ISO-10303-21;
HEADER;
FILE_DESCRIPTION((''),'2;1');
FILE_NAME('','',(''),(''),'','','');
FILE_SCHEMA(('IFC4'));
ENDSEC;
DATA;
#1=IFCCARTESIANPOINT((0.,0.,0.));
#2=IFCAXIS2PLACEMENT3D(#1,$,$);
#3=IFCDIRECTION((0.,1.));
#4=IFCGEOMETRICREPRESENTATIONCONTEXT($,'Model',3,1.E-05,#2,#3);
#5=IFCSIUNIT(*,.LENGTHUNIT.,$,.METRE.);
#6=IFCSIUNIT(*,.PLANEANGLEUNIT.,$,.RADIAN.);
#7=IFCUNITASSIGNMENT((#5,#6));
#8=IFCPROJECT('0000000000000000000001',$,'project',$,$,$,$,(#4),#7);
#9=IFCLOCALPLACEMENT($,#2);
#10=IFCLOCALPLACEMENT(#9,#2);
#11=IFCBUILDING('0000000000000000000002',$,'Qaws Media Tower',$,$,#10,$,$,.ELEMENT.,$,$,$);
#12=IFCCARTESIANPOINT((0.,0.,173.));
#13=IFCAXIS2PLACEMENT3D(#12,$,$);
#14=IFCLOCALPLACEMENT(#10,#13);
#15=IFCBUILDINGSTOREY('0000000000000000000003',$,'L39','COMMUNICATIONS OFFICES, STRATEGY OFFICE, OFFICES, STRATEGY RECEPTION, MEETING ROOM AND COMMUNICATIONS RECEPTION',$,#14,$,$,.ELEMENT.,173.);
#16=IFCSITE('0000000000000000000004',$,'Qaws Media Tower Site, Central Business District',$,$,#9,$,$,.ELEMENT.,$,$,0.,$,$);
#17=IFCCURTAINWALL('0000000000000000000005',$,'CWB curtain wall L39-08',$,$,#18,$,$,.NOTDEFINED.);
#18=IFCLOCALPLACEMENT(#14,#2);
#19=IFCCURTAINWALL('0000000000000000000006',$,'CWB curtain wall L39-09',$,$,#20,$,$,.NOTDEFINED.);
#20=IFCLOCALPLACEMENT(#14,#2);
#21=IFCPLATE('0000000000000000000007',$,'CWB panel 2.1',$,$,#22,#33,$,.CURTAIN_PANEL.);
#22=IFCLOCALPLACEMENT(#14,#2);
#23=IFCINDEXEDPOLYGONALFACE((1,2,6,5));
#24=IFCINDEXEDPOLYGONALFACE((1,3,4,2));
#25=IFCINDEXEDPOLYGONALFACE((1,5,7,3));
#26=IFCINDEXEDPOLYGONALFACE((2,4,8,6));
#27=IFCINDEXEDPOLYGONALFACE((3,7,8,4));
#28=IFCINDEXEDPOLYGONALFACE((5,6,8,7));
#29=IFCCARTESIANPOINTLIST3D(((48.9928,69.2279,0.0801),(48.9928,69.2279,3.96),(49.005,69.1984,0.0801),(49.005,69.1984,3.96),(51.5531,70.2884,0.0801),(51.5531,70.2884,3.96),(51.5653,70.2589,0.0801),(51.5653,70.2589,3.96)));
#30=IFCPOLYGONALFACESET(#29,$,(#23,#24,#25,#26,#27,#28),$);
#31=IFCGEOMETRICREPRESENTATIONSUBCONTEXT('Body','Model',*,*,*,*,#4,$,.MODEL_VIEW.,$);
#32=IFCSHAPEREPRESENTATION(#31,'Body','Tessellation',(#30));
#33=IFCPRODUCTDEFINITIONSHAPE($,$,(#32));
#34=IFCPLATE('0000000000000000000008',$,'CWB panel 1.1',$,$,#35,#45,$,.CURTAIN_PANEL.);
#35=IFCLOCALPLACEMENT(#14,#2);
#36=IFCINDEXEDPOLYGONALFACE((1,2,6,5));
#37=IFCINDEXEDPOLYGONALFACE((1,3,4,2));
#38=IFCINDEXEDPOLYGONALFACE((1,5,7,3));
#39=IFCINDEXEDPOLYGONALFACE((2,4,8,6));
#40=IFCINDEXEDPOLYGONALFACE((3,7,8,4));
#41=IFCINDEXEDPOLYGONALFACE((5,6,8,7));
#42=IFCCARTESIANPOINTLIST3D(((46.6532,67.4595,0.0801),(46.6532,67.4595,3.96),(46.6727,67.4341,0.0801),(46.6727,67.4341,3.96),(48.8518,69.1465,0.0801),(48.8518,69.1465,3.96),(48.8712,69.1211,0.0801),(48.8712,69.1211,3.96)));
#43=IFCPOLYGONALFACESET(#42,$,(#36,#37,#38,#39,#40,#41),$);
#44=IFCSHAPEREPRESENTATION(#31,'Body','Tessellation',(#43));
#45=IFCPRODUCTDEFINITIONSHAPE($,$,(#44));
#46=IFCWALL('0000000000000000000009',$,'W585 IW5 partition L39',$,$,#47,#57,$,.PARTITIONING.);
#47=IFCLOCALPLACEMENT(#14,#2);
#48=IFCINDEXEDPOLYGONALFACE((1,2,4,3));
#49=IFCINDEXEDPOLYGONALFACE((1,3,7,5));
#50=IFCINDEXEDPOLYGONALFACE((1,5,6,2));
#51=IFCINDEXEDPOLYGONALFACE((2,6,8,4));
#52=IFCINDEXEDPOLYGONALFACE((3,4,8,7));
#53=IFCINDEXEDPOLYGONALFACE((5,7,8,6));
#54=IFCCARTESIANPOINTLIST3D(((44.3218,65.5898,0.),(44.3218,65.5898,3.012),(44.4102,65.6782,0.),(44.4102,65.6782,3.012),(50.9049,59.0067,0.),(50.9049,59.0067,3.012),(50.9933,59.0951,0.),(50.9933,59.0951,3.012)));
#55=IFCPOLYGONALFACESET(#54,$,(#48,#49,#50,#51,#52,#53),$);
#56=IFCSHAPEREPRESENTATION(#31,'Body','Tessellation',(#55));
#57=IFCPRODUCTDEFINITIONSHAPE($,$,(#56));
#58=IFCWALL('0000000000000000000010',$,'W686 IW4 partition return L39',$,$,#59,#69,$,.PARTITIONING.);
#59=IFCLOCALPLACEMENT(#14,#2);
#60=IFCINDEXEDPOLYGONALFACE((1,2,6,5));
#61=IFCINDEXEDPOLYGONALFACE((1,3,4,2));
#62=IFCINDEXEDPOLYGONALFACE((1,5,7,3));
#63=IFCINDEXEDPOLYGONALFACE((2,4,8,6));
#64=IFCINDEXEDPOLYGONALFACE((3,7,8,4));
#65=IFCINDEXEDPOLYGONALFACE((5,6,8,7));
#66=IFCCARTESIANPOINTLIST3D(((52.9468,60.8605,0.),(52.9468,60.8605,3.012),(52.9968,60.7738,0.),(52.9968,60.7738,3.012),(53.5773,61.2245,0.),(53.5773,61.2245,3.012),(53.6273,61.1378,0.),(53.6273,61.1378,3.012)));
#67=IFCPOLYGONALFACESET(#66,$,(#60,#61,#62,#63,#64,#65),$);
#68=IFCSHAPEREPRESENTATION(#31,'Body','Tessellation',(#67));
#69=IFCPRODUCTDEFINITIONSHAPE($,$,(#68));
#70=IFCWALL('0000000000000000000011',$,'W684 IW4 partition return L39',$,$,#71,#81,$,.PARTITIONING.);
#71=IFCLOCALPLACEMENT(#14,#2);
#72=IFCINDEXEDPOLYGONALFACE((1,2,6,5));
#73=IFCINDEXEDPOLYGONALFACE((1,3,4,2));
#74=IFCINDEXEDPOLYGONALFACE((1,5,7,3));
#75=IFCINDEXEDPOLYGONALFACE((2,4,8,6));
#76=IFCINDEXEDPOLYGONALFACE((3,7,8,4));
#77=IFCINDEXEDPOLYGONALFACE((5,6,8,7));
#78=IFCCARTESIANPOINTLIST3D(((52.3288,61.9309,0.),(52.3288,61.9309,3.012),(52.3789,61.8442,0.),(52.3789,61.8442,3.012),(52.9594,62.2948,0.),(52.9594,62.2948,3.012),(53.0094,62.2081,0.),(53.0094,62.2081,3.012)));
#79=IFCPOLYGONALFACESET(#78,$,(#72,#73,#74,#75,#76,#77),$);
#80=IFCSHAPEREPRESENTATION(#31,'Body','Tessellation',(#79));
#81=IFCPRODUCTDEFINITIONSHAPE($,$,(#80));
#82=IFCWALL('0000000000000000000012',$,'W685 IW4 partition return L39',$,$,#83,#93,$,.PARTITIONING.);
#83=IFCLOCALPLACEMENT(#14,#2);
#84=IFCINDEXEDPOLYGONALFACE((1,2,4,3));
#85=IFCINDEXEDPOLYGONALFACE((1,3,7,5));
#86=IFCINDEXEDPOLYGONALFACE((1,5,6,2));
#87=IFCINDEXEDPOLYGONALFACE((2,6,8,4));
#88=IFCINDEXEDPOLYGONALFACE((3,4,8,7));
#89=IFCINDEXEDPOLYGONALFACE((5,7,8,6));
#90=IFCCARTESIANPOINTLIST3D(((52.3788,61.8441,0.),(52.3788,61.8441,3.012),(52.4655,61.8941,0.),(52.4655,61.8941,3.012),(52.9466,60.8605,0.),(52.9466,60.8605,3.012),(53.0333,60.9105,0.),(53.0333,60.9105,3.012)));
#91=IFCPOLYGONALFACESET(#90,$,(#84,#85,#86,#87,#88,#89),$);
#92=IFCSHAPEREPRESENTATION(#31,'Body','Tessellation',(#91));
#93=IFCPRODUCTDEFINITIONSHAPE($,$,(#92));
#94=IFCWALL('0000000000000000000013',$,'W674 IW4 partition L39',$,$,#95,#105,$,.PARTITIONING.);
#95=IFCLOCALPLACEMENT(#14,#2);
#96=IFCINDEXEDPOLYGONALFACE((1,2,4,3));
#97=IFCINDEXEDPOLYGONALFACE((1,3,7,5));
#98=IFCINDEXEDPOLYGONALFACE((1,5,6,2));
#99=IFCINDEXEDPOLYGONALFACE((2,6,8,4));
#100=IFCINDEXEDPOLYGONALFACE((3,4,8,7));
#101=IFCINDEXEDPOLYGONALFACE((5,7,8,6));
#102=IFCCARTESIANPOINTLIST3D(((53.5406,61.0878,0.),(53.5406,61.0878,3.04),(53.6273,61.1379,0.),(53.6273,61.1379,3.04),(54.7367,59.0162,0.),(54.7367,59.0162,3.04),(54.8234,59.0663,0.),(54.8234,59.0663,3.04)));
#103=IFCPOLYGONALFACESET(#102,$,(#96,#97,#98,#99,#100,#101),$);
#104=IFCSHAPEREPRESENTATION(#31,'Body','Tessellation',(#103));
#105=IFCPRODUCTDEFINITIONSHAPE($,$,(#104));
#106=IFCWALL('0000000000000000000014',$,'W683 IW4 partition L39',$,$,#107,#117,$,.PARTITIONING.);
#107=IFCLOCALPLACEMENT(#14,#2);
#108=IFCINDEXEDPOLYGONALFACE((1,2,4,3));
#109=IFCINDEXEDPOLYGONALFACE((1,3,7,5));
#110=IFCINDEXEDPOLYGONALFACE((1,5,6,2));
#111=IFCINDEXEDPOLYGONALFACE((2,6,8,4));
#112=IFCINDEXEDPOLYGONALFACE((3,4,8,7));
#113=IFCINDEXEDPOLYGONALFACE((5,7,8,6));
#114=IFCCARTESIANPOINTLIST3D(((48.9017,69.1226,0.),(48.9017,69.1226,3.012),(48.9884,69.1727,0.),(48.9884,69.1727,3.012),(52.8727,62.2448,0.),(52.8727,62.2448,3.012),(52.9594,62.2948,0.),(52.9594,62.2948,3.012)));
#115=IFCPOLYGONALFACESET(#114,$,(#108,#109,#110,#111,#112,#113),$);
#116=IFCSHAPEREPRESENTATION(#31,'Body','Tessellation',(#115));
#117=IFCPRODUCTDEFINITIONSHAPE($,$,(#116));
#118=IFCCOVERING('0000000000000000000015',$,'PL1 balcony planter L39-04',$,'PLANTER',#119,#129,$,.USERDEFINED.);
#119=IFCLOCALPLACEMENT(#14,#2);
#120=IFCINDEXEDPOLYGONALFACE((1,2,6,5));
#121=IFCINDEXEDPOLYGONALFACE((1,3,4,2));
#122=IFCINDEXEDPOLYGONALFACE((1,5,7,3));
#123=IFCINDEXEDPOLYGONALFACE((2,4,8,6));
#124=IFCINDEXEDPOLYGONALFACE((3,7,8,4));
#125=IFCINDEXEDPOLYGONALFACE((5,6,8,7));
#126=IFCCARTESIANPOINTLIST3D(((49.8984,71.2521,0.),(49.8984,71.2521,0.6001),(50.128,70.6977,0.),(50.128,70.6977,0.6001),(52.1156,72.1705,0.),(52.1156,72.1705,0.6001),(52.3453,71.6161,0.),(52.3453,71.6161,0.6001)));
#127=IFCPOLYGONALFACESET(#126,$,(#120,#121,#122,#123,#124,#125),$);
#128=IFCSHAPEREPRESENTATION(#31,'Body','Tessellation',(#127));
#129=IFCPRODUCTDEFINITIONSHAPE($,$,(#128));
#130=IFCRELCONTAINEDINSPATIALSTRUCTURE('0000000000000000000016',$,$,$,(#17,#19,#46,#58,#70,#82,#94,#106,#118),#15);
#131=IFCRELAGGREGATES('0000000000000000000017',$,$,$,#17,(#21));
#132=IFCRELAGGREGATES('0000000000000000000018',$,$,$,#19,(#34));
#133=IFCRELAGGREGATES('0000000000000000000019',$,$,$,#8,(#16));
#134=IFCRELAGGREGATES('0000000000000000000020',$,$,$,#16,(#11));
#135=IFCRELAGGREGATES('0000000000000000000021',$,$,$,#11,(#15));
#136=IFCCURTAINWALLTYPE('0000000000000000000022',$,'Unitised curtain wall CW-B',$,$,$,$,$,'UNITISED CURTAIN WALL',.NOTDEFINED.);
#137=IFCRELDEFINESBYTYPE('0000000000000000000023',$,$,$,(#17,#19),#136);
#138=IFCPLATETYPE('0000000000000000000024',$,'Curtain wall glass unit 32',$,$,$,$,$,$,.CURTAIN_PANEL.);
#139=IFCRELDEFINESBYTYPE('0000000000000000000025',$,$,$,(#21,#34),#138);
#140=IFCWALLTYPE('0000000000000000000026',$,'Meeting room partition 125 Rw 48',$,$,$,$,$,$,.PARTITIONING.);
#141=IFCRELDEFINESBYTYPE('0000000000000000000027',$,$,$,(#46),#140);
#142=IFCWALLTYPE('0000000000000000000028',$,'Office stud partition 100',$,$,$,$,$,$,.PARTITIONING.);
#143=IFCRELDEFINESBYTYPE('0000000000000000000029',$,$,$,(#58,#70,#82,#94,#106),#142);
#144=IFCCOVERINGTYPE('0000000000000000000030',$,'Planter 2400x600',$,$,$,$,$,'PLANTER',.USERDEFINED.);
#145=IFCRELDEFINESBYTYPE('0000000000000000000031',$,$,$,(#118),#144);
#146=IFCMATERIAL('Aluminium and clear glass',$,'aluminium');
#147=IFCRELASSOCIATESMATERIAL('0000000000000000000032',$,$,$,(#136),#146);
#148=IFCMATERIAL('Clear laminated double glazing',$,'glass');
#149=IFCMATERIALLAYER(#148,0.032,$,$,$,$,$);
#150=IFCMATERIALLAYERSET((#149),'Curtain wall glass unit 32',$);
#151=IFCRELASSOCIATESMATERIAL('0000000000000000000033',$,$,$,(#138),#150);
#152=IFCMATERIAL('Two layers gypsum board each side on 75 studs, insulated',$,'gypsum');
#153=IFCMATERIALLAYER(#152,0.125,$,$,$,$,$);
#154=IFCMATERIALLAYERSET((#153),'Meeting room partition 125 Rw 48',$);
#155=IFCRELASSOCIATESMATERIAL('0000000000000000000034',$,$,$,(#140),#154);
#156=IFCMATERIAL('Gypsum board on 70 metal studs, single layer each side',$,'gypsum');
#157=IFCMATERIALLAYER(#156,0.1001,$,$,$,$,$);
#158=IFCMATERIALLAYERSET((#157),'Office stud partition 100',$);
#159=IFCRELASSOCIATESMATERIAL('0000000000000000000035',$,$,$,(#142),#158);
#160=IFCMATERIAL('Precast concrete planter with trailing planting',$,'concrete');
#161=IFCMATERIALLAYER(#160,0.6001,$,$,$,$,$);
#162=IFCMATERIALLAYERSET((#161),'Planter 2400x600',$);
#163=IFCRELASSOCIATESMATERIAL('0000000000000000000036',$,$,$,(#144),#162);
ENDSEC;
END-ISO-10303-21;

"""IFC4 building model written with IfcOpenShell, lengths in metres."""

from ifc_helpers import new_model, si_unit, direction, frame, frame_2d, origin, origin_2d, place, context, subcontext, project, spatial, rectangle, extrude, material, layer, layer_set, type_object, element, aggregate, save


model = new_model("IFC4")

# Units and contexts
model_context = context("Model", 3, precision=1e-05, world=origin(), true_north=direction((0.0, 1.0)))
body_context = subcontext(model_context, "Body", "Model", "MODEL_VIEW")
ifc_project = project(units=[si_unit("LENGTHUNIT", "METRE"), si_unit("PLANEANGLEUNIT", "RADIAN")], contexts=[model_context])

# Site, building, storey
site_placement = place(None, origin())
site = spatial("IfcSite", under=ifc_project, at=site_placement, Name="Qaws Media Tower Site, Central Business District", CompositionType="ELEMENT", RefElevation=0.0)
building_placement = place(site_placement, origin())
building = spatial("IfcBuilding", under=site, at=building_placement, Name="Qaws Media Tower", CompositionType="ELEMENT")
storey_placement = place(building_placement, frame((0.0, 0.0, 173.0)))
storey = spatial("IfcBuildingStorey", under=building, at=storey_placement, Name="L39", Description="COMMUNICATIONS OFFICES, STRATEGY OFFICE, OFFICES, STRATEGY RECEPTION, MEETING ROOM AND COMMUNICATIONS RECEPTION", CompositionType="ELEMENT", Elevation=173.0)

# Curtain wall
ifc_material_1 = material(Name="Aluminium and clear glass", Category="aluminium")
curtain_wall_type = type_object("IfcCurtainWallType", Name="Unitised curtain wall CW-B", ElementType="UNITISED CURTAIN WALL", PredefinedType="NOTDEFINED", material=ifc_material_1)
curtain_wall_1_placement = place(storey_placement, origin())
curtain_wall_1 = element("IfcCurtainWall", 1, at=curtain_wall_1_placement, inside=storey, type_object=curtain_wall_type, Name="CWB curtain wall L39-08", PredefinedType="NOTDEFINED")

# Curtain wall
curtain_wall_2_placement = place(storey_placement, origin())
curtain_wall_2 = element("IfcCurtainWall", 2, at=curtain_wall_2_placement, inside=storey, type_object=curtain_wall_type, Name="CWB curtain wall L39-09", PredefinedType="NOTDEFINED")

# Plates
ifc_material_2 = material(Name="Clear laminated double glazing", Category="glass")
ifc_layer_1 = layer(ifc_material_2, 0.032)
ifc_layer_set_1 = layer_set([ifc_layer_1], Name="Curtain wall glass unit 32")
plate_type = type_object("IfcPlateType", Name="Curtain wall glass unit 32", PredefinedType="CURTAIN_PANEL", material=ifc_layer_set_1)
plate_1_placement = place(storey_placement, frame((50.2791, 69.7434, 0.0801), z_axis=(0.0, 0.0, 1.0), x_axis=(-0.92388, -0.382683, 0.0)))
plate_1 = element("IfcPlate", 3, at=plate_1_placement, type_object=plate_type, Name="CWB panel 2.1", PredefinedType="CURTAIN_PANEL", context=body_context, shape_type="SweptSolid", body=[
    extrude(rectangle(XDim=2.7712, YDim=0.032, at=origin_2d()), origin(), (0.0, 0.0, 1.0), 3.8799),
])
aggregate(curtain_wall_1, [plate_1])
plate_2_placement = place(storey_placement, frame((47.7622, 68.2903, 0.0801), z_axis=(0.0, 0.0, 1.0), x_axis=(-0.793353, -0.608762, 0.0)))
plate_2 = element("IfcPlate", 4, at=plate_2_placement, type_object=plate_type, Name="CWB panel 1.1", PredefinedType="CURTAIN_PANEL", context=body_context, shape_type="SweptSolid", body=[
    extrude(rectangle(XDim=2.7712, YDim=0.032, at=origin_2d()), origin(), (0.0, 0.0, 1.0), 3.8799),
])
aggregate(curtain_wall_2, [plate_2])

# Walls
ifc_material_3 = material(Name="Two layers gypsum board each side on 75 studs, insulated", Category="gypsum")
ifc_layer_2 = layer(ifc_material_3, 0.125)
ifc_layer_set_2 = layer_set([ifc_layer_2], Name="Meeting room partition 125 Rw 48")
wall_type_1 = type_object("IfcWallType", Name="Meeting room partition 125 Rw 48", PredefinedType="PARTITIONING", material=ifc_layer_set_2)
wall_1_placement = place(storey_placement, frame((50.949, 59.051, 0.0), z_axis=(0.0, 0.0, 1.0), x_axis=(-0.707107, 0.707107, 0.0)))
element("IfcWall", 5, at=wall_1_placement, inside=storey, type_object=wall_type_1, Name="W585 IW5 partition L39", PredefinedType="PARTITIONING", context=body_context, shape_type="SweptSolid", body=[
    extrude(rectangle(XDim=9.3098, YDim=0.125, at=frame_2d((4.6548, 0.0))), origin(), (0.0, 0.0, 1.0), 3.012),
])
ifc_material_4 = material(Name="Gypsum board on 70 metal studs, single layer each side", Category="gypsum")
ifc_layer_3 = layer(ifc_material_4, 0.1001)
ifc_layer_set_3 = layer_set([ifc_layer_3], Name="Office stud partition 100")
wall_type_2 = type_object("IfcWallType", Name="Office stud partition 100", PredefinedType="PARTITIONING", material=ifc_layer_set_3)
for number, where, z_axis, x_axis, name in (
    (6, (53.6023, 61.1812, 0.0), (0.0, 0.0, 1.0), (-0.866068, -0.499926, 0.0), "W686 IW4 partition return L39"),
    (7, (52.9844, 62.2515, 0.0), (0.0, 0.0, 1.0), (-0.866068, -0.499926, 0.0), "W684 IW4 partition return L39"),
):
    element("IfcWall", number, at=place(storey_placement, frame(where, z_axis=z_axis, x_axis=x_axis)), inside=storey, type_object=wall_type_2, Name=name, PredefinedType="PARTITIONING", context=body_context, shape_type="SweptSolid", body=[
        extrude(rectangle(XDim=0.728, YDim=0.1001, at=frame_2d((0.364, 0.0))), origin(), (0.0, 0.0, 1.0), 3.012),
    ])
wall_2_placement = place(storey_placement, frame((52.99, 60.8855, 0.0), z_axis=(0.0, 0.0, 1.0), x_axis=(-0.499977, 0.866039, 0.0)))
element("IfcWall", 8, at=wall_2_placement, inside=storey, type_object=wall_type_2, Name="W685 IW4 partition return L39", PredefinedType="PARTITIONING", context=body_context, shape_type="SweptSolid", body=[
    extrude(rectangle(XDim=1.1357, YDim=0.1001, at=frame_2d((0.5679, 0.0))), origin(), (0.0, 0.0, 1.0), 3.012),
])
wall_3_placement = place(storey_placement, frame((54.78, 59.0413, 0.0), z_axis=(0.0, 0.0, 1.0), x_axis=(-0.500014, 0.866017, 0.0)))
element("IfcWall", 9, at=wall_3_placement, inside=storey, type_object=wall_type_2, Name="W674 IW4 partition L39", PredefinedType="PARTITIONING", context=body_context, shape_type="SweptSolid", body=[
    extrude(rectangle(XDim=2.3921, YDim=0.1001, at=frame_2d((1.196, 0.0))), origin(), (0.0, 0.0, 1.0), 3.04),
])
wall_4_placement = place(storey_placement, frame((52.916, 62.2698, 0.0), z_axis=(0.0, 0.0, 1.0), x_axis=(-0.499997, 0.866027, 0.0)))
element("IfcWall", 10, at=wall_4_placement, inside=storey, type_object=wall_type_2, Name="W683 IW4 partition L39", PredefinedType="PARTITIONING", context=body_context, shape_type="SweptSolid", body=[
    extrude(rectangle(XDim=7.9419, YDim=0.1001, at=frame_2d((3.9709, 0.0))), origin(), (0.0, 0.0, 1.0), 3.012),
])

# Covering
ifc_material_5 = material(Name="Precast concrete planter with trailing planting", Category="concrete")
ifc_layer_4 = layer(ifc_material_5, 0.6001)
ifc_layer_set_4 = layer_set([ifc_layer_4], Name="Planter 2400x600")
covering_type = type_object("IfcCoveringType", Name="Planter 2400x600", ElementType="PLANTER", PredefinedType="USERDEFINED", material=ifc_layer_set_4)
covering_placement = place(storey_placement, frame((51.1218, 71.4341, 0.0), z_axis=(0.0, 0.0, 1.0), x_axis=(-0.92388, -0.382683, 0.0)))
element("IfcCovering", 11, at=covering_placement, inside=storey, type_object=covering_type, Name="PL1 balcony planter L39-04", ObjectType="PLANTER", PredefinedType="USERDEFINED", context=body_context, shape_type="SweptSolid", body=[
    extrude(rectangle(XDim=2.3999, YDim=0.6001, at=origin_2d()), origin(), (0.0, 0.0, 1.0), 0.6001),
])

save(model, "model.ifc")
